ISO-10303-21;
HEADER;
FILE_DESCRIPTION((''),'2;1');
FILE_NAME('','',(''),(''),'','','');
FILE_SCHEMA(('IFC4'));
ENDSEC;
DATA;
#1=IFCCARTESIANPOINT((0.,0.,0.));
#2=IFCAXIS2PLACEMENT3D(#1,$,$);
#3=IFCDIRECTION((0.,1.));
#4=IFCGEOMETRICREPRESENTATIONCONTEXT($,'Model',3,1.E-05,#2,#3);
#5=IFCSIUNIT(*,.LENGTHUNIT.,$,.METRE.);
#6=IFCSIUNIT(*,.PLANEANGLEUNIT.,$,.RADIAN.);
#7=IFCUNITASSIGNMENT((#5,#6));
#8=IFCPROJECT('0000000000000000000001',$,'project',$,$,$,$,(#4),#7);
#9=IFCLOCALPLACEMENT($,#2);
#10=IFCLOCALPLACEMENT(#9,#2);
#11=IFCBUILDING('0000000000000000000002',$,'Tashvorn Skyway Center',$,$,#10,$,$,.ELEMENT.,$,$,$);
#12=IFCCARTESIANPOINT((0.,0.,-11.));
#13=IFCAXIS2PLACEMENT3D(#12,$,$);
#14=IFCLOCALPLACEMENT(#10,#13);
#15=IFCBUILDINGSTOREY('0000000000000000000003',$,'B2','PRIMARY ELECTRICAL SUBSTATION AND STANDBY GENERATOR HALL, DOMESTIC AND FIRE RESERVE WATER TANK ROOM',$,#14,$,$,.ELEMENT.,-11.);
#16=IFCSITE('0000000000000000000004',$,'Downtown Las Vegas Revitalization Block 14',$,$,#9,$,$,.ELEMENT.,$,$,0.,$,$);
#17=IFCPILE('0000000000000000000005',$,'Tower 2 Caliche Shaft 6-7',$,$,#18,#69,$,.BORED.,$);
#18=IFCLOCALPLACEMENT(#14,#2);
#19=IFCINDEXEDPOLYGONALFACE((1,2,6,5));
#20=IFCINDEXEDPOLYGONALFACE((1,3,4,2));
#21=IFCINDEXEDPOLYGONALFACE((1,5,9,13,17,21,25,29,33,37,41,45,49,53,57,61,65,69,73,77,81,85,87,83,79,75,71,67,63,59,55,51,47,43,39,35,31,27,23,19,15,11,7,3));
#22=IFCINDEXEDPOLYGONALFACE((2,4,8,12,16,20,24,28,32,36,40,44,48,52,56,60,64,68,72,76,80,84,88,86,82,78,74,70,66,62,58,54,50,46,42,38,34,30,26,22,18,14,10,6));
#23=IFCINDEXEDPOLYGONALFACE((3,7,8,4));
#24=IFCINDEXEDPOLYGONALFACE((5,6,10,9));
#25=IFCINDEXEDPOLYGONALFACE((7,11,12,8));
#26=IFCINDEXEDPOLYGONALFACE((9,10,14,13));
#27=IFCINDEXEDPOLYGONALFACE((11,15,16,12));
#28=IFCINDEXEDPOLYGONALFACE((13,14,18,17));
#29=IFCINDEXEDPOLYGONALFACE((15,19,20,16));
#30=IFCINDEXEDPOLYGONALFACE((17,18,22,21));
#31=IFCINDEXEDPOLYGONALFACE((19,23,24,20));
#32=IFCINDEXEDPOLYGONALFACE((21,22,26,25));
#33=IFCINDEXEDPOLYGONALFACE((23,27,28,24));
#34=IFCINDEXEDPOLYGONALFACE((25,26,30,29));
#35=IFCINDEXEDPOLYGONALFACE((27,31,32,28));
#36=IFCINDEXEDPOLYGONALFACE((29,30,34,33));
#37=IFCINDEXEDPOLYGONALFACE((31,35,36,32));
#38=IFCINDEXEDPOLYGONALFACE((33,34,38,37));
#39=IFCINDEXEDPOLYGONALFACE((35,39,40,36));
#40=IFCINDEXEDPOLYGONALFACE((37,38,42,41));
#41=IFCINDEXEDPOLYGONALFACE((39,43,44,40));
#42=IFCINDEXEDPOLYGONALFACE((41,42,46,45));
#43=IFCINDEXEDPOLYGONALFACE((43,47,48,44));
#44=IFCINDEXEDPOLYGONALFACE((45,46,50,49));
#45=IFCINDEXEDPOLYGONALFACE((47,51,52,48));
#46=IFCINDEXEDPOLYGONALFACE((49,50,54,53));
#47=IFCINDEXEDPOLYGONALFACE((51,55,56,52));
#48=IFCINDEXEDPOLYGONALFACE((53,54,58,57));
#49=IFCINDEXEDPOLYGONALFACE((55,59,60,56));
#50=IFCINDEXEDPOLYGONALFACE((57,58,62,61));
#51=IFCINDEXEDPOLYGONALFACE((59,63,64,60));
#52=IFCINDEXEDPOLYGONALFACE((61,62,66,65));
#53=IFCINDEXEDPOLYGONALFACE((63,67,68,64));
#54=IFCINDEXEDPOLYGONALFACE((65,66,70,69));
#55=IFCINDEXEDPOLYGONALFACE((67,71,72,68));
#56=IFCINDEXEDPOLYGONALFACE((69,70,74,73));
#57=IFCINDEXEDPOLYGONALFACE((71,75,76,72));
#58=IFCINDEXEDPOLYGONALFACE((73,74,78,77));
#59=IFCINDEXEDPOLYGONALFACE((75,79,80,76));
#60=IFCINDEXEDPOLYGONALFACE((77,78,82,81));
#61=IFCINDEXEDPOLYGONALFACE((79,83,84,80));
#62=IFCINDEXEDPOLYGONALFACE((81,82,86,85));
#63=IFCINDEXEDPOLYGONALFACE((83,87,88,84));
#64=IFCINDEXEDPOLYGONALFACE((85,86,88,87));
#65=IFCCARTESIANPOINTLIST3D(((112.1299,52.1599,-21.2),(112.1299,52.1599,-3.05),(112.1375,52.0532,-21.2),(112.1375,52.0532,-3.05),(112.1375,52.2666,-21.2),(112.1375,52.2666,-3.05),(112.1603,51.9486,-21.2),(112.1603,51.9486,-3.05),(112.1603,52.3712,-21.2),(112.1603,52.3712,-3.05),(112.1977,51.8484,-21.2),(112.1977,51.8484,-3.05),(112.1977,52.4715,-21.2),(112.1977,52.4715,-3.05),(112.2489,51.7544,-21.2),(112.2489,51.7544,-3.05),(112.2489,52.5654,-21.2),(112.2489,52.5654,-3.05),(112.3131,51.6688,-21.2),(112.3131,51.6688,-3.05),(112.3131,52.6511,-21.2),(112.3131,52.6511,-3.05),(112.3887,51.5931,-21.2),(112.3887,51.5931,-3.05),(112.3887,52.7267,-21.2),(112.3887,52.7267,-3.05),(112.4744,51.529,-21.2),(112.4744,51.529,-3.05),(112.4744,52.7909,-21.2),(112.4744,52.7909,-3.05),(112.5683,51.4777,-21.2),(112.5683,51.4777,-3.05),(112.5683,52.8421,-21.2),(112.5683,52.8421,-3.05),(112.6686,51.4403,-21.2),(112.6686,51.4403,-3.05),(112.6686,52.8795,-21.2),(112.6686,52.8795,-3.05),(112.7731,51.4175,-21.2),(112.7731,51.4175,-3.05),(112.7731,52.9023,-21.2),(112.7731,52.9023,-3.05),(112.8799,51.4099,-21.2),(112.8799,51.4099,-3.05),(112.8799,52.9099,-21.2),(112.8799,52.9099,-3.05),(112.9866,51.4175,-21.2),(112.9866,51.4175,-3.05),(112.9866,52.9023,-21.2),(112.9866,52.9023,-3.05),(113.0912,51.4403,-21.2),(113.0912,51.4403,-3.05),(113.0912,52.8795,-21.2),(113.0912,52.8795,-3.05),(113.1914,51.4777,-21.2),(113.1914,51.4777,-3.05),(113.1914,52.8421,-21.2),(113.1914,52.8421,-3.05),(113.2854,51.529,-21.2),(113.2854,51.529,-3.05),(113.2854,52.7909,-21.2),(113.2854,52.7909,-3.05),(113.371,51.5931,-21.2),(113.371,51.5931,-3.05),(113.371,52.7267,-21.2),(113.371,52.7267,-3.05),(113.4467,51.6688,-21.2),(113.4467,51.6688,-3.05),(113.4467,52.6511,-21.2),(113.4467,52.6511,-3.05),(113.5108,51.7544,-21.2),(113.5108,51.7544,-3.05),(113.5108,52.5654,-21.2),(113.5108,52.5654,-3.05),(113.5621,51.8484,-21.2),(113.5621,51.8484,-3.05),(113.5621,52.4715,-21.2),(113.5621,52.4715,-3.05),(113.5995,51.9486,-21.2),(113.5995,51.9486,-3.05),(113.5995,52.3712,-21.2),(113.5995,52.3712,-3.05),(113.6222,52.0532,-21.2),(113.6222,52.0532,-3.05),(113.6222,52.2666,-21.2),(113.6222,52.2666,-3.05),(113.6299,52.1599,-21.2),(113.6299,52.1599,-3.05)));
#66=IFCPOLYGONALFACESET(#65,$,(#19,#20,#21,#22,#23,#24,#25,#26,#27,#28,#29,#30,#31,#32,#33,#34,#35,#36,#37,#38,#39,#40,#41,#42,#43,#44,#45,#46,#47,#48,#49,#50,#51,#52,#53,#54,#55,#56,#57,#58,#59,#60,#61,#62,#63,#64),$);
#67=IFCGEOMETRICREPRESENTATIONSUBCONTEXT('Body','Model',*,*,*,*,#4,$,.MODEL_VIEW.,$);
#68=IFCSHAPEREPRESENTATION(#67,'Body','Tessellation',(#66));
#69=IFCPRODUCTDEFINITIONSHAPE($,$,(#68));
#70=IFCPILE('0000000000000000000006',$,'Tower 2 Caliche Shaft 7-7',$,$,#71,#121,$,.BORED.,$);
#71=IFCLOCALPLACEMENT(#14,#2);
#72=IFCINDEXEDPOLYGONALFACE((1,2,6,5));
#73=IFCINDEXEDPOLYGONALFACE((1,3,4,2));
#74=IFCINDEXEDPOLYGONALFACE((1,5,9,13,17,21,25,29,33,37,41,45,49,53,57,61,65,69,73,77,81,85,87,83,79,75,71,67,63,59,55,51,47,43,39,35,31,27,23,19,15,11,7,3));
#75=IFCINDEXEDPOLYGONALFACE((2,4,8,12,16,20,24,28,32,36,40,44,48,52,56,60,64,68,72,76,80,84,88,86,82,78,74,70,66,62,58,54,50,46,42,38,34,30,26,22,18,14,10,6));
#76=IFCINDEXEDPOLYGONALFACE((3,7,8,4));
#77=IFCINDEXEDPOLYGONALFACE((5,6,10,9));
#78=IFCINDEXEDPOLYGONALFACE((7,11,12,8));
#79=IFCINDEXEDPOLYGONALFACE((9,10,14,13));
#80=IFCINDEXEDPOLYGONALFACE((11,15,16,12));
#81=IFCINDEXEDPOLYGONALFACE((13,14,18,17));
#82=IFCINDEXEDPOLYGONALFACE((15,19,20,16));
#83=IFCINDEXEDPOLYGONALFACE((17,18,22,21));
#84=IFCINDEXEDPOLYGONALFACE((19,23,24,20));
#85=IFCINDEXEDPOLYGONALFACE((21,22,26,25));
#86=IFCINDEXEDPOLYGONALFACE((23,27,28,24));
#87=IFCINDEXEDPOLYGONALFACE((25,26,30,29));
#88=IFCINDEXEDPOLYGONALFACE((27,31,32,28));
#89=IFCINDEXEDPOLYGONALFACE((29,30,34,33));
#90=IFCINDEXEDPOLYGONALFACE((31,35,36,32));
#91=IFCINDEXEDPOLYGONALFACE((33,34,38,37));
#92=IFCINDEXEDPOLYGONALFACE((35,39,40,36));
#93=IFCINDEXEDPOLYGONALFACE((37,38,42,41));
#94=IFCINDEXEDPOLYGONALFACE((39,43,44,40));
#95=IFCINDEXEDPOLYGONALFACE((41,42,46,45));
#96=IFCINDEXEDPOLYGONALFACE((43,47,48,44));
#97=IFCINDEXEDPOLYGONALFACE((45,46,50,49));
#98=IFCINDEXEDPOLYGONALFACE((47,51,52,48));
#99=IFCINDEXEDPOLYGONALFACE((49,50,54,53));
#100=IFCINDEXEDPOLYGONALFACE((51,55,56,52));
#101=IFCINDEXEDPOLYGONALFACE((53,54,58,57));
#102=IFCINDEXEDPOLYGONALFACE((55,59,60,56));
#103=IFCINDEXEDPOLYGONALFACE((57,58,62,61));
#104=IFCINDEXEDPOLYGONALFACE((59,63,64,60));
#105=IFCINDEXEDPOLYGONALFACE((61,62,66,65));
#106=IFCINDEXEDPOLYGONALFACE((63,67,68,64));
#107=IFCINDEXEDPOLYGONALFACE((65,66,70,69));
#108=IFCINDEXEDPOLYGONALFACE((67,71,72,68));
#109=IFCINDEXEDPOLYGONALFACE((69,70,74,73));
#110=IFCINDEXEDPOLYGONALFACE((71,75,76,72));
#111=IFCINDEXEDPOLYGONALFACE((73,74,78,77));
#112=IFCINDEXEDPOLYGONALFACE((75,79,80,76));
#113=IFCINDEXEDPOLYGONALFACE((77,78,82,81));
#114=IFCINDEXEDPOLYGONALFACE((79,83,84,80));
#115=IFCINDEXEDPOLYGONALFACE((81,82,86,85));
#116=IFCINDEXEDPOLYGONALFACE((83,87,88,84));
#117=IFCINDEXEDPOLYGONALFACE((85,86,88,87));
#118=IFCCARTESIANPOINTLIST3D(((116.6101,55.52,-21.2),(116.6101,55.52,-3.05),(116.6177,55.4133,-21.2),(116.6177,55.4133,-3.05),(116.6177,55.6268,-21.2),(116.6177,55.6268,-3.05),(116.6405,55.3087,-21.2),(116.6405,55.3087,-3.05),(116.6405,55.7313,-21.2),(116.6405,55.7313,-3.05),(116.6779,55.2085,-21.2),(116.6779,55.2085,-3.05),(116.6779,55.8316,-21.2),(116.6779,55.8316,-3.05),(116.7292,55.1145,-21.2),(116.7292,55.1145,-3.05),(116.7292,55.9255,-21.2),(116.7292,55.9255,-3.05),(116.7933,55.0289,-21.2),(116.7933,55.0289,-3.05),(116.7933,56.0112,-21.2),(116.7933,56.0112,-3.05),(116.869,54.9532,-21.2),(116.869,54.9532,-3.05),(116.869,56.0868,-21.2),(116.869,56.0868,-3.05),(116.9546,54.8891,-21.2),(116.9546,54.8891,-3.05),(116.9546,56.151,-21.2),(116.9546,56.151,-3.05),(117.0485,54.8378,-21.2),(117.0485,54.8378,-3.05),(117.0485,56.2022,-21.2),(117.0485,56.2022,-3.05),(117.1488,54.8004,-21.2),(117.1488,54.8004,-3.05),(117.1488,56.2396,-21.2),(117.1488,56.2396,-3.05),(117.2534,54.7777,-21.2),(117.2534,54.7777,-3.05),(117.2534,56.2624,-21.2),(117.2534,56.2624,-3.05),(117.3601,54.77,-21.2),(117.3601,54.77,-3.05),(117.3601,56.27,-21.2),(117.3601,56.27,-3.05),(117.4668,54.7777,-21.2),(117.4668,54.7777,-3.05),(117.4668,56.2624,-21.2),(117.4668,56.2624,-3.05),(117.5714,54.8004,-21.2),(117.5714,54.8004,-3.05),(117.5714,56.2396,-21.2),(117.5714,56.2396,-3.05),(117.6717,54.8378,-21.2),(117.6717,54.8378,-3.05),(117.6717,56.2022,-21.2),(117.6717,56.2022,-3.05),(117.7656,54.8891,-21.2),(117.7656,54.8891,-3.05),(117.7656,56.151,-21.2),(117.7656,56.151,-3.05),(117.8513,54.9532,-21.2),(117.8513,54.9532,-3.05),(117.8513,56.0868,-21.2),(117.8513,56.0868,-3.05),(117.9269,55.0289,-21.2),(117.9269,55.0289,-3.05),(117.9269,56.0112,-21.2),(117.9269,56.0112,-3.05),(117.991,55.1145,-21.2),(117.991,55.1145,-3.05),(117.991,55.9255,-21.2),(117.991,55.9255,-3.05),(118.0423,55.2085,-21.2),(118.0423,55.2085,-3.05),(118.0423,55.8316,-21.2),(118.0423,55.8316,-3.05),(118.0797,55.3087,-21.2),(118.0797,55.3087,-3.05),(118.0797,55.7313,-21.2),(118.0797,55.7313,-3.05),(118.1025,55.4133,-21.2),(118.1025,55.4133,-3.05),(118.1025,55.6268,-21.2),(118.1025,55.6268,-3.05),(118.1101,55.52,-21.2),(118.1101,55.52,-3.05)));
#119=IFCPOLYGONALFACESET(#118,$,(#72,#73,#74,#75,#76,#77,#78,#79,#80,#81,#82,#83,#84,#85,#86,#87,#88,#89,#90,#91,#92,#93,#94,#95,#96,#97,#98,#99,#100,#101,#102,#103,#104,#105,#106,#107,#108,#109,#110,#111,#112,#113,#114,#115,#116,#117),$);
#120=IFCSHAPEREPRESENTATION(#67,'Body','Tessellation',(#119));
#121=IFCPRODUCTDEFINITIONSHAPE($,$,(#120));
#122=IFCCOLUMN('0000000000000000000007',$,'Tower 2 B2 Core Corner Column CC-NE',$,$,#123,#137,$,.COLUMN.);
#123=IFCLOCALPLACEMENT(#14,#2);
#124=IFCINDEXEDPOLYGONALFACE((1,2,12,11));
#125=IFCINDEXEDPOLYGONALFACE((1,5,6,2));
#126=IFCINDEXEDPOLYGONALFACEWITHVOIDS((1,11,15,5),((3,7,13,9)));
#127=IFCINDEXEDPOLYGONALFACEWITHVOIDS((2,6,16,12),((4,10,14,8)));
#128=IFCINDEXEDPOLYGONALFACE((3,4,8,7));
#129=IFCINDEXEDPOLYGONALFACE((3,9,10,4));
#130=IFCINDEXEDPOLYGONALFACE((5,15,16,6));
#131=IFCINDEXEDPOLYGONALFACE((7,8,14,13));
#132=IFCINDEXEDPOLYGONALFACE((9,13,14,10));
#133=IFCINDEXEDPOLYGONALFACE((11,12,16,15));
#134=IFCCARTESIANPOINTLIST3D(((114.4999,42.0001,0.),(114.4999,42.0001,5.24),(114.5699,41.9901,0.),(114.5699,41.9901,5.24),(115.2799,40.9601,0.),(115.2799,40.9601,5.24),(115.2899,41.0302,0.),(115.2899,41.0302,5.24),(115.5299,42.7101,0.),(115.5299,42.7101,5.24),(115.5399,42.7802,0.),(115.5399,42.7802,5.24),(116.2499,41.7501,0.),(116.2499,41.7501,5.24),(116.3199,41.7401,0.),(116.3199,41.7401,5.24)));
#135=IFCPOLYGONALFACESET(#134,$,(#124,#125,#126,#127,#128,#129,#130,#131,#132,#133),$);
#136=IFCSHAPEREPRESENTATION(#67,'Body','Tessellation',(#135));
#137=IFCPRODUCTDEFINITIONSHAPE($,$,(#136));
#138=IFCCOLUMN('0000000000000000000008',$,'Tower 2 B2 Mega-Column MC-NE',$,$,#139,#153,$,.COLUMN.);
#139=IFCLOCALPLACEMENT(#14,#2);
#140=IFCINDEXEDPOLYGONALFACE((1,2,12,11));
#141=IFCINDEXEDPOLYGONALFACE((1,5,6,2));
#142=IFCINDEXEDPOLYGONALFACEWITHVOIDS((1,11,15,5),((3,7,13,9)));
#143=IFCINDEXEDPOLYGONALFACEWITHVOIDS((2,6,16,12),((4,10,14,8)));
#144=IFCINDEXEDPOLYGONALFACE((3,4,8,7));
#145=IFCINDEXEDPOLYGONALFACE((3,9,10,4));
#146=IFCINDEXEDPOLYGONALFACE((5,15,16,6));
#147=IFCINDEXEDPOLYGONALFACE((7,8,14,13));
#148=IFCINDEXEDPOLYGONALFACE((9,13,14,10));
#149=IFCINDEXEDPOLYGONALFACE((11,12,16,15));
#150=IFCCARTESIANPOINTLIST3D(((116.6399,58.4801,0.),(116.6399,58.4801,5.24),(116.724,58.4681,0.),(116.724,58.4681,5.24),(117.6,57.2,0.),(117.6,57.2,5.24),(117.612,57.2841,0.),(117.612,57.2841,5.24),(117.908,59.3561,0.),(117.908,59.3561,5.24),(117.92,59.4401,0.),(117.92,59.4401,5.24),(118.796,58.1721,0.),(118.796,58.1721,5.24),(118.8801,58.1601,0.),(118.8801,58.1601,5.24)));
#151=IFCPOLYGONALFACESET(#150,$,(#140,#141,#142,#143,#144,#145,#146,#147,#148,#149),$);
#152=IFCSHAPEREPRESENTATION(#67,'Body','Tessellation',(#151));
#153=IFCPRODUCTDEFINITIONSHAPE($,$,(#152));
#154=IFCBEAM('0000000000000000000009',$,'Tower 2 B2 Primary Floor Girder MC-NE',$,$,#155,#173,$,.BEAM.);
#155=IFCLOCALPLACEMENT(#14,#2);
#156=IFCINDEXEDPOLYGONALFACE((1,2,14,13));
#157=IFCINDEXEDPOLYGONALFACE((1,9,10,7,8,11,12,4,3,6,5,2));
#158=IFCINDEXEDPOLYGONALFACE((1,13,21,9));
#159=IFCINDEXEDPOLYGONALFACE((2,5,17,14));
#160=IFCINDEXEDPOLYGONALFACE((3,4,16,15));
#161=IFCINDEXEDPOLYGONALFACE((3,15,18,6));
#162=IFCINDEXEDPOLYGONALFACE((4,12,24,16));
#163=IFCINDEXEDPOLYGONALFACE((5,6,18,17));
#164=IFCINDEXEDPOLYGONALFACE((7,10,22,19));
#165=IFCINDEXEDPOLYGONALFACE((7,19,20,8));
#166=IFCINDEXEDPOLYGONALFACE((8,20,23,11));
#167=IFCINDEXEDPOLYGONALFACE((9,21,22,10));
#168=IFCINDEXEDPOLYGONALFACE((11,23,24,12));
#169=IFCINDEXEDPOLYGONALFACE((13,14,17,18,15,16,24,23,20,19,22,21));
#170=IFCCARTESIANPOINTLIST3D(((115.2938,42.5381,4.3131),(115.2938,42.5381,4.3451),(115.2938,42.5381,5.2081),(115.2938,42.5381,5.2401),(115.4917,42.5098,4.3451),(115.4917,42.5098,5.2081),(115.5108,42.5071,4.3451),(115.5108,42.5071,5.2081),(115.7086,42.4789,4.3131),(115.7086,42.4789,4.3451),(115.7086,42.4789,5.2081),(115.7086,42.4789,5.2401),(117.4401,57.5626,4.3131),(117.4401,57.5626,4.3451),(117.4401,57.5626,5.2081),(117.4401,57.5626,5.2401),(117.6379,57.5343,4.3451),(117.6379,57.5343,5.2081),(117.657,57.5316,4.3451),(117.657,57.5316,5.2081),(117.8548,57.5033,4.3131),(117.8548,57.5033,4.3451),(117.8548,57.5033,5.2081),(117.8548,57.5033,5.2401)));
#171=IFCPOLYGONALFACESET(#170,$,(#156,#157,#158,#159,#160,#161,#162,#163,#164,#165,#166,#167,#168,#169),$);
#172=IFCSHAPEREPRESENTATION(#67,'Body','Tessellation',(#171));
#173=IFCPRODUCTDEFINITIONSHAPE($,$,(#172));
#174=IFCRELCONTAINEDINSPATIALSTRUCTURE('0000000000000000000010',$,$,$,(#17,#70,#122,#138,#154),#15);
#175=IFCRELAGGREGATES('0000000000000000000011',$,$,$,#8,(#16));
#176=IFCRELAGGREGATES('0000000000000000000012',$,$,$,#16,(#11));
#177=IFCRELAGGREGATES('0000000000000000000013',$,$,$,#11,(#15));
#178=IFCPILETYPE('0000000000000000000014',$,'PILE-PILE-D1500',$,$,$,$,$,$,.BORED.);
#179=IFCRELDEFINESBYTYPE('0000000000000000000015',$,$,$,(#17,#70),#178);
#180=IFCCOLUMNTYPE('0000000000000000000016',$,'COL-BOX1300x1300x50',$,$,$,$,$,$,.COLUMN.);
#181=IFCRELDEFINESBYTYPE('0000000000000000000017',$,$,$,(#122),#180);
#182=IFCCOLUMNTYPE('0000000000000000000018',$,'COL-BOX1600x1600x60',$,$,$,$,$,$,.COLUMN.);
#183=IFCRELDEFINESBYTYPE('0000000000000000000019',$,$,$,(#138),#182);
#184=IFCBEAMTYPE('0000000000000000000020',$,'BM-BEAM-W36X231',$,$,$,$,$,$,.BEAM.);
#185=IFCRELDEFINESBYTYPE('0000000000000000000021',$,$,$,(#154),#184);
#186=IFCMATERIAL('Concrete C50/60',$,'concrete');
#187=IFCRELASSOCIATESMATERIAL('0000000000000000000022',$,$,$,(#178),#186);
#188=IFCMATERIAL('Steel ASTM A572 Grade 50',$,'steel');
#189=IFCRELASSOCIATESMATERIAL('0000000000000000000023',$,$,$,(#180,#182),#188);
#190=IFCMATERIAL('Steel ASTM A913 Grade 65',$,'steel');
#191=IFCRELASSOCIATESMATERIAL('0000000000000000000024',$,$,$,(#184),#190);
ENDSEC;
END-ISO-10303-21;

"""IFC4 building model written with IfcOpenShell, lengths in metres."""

from ifc_helpers import new_model, si_unit, direction, frame, origin, origin_2d, place, context, subcontext, project, spatial, hollow_rectangle, circle, i_section, extrude, material, material_profile, profile_set, type_object, element, save


model = new_model("IFC4")

# Units and contexts
model_context = context("Model", 3, precision=1e-05, world=origin(), true_north=direction((0.0, 1.0)))
body_context = subcontext(model_context, "Body", "Model", "MODEL_VIEW")
ifc_project = project(units=[si_unit("LENGTHUNIT", "METRE"), si_unit("PLANEANGLEUNIT", "RADIAN")], contexts=[model_context])

# Site, building, storey
site_placement = place(None, origin())
site = spatial("IfcSite", under=ifc_project, at=site_placement, Name="Downtown Las Vegas Revitalization Block 14", CompositionType="ELEMENT", RefElevation=0.0)
building_placement = place(site_placement, origin())
building = spatial("IfcBuilding", under=site, at=building_placement, Name="Tashvorn Skyway Center", CompositionType="ELEMENT")
storey_placement = place(building_placement, frame((0.0, 0.0, -11.0)))
storey = spatial("IfcBuildingStorey", under=building, at=storey_placement, Name="B2", Description="PRIMARY ELECTRICAL SUBSTATION AND STANDBY GENERATOR HALL, DOMESTIC AND FIRE RESERVE WATER TANK ROOM", CompositionType="ELEMENT", Elevation=-11.0)

# Piles
ifc_material_1 = material(Name="Concrete C50/60", Category="concrete")
ifc_material_profile_1 = material_profile(ifc_material_1, circle(Radius=0.75, at=origin_2d()), Name="PILE-D1500")
ifc_profile_set_1 = profile_set([ifc_material_profile_1], Name="Concrete C50/60")
pile_type = type_object("IfcPileType", Name="PILE-PILE-D1500", PredefinedType="BORED", material=ifc_profile_set_1)
for number, where, z_axis, x_axis, name in (
    (1, (112.8799, 52.1599, -3.05), (0.0, 0.0, -1.0), (1.0, 0.0, 0.0), "Tower 2 Caliche Shaft 6-7"),
    (2, (117.3601, 55.52, -3.05), (0.0, 0.0, -1.0), (1.0, 0.0, 0.0), "Tower 2 Caliche Shaft 7-7"),
):
    element("IfcPile", number, at=place(storey_placement, frame(where, z_axis=z_axis, x_axis=x_axis)), inside=storey, type_object=pile_type, Name=name, PredefinedType="BORED", context=body_context, shape_type="SweptSolid", body=[
        extrude(circle(Radius=0.75, at=origin_2d()), origin(), (0.0, 0.0, 1.0), 18.1499),
    ])

# Columns
ifc_material_2 = material(Name="Steel ASTM A572 Grade 50", Category="steel")
ifc_material_profile_2 = material_profile(ifc_material_2, hollow_rectangle(XDim=1.3, YDim=1.3, WallThickness=0.05, at=origin_2d()), Name="BOX1300x1300x50")
ifc_profile_set_2 = profile_set([ifc_material_profile_2], Name="Steel ASTM A572 Grade 50")
column_type_1 = type_object("IfcColumnType", Name="COL-BOX1300x1300x50", PredefinedType="COLUMN", material=ifc_profile_set_2)
column_1_placement = place(storey_placement, frame((115.4099, 41.8701, 0.0), z_axis=(0.0, 0.0, 1.0), x_axis=(0.8, 0.6, 0.0)))
element("IfcColumn", 3, at=column_1_placement, inside=storey, type_object=column_type_1, Name="Tower 2 B2 Core Corner Column CC-NE", PredefinedType="COLUMN", context=body_context, shape_type="SweptSolid", body=[
    extrude(hollow_rectangle(XDim=1.3, YDim=1.3, WallThickness=0.05, at=origin_2d()), origin(), (0.0, 0.0, 1.0), 5.24),
])
ifc_material_profile_3 = material_profile(ifc_material_2, hollow_rectangle(XDim=1.6001, YDim=1.6001, WallThickness=0.0601, at=origin_2d()), Name="BOX1600x1600x60")
ifc_profile_set_3 = profile_set([ifc_material_profile_3], Name="Steel ASTM A572 Grade 50")
column_type_2 = type_object("IfcColumnType", Name="COL-BOX1600x1600x60", PredefinedType="COLUMN", material=ifc_profile_set_3)
column_2_placement = place(storey_placement, frame((117.76, 58.3201, 0.0), z_axis=(0.0, 0.0, 1.0), x_axis=(0.8, 0.6, 0.0)))
element("IfcColumn", 4, at=column_2_placement, inside=storey, type_object=column_type_2, Name="Tower 2 B2 Mega-Column MC-NE", PredefinedType="COLUMN", context=body_context, shape_type="SweptSolid", body=[
    extrude(hollow_rectangle(XDim=1.6001, YDim=1.6001, WallThickness=0.0601, at=origin_2d()), origin(), (0.0, 0.0, 1.0), 5.24),
])

# Beam
ifc_material_3 = material(Name="Steel ASTM A913 Grade 65", Category="steel")
ifc_material_profile_4 = material_profile(ifc_material_3, i_section(OverallWidth=0.4189, OverallDepth=0.927, WebThickness=0.0193, FlangeThickness=0.032, at=origin_2d()), Name="W36X231")
ifc_profile_set_4 = profile_set([ifc_material_profile_4], Name="Steel ASTM A913 Grade 65")
beam_type_1 = type_object("IfcBeamType", Name="BM-BEAM-W36X231", PredefinedType="BEAM", material=ifc_profile_set_4)
beam_1_placement = place(storey_placement, frame((117.6475, 57.533, 4.7766), z_axis=(-0.141415, -0.98995, 0.0), x_axis=(0.98995, -0.141415, 0.0)))
element("IfcBeam", 5, at=beam_1_placement, inside=storey, type_object=beam_type_1, Name="Tower 2 B2 Primary Floor Girder MC-NE", PredefinedType="BEAM", context=body_context, shape_type="SweptSolid", body=[
    extrude(i_section(OverallWidth=0.4189, OverallDepth=0.927, WebThickness=0.0193, FlangeThickness=0.032, at=origin_2d()), origin(), (0.0, 0.0, 1.0), 15.177),
])

save(model, "model.ifc")
